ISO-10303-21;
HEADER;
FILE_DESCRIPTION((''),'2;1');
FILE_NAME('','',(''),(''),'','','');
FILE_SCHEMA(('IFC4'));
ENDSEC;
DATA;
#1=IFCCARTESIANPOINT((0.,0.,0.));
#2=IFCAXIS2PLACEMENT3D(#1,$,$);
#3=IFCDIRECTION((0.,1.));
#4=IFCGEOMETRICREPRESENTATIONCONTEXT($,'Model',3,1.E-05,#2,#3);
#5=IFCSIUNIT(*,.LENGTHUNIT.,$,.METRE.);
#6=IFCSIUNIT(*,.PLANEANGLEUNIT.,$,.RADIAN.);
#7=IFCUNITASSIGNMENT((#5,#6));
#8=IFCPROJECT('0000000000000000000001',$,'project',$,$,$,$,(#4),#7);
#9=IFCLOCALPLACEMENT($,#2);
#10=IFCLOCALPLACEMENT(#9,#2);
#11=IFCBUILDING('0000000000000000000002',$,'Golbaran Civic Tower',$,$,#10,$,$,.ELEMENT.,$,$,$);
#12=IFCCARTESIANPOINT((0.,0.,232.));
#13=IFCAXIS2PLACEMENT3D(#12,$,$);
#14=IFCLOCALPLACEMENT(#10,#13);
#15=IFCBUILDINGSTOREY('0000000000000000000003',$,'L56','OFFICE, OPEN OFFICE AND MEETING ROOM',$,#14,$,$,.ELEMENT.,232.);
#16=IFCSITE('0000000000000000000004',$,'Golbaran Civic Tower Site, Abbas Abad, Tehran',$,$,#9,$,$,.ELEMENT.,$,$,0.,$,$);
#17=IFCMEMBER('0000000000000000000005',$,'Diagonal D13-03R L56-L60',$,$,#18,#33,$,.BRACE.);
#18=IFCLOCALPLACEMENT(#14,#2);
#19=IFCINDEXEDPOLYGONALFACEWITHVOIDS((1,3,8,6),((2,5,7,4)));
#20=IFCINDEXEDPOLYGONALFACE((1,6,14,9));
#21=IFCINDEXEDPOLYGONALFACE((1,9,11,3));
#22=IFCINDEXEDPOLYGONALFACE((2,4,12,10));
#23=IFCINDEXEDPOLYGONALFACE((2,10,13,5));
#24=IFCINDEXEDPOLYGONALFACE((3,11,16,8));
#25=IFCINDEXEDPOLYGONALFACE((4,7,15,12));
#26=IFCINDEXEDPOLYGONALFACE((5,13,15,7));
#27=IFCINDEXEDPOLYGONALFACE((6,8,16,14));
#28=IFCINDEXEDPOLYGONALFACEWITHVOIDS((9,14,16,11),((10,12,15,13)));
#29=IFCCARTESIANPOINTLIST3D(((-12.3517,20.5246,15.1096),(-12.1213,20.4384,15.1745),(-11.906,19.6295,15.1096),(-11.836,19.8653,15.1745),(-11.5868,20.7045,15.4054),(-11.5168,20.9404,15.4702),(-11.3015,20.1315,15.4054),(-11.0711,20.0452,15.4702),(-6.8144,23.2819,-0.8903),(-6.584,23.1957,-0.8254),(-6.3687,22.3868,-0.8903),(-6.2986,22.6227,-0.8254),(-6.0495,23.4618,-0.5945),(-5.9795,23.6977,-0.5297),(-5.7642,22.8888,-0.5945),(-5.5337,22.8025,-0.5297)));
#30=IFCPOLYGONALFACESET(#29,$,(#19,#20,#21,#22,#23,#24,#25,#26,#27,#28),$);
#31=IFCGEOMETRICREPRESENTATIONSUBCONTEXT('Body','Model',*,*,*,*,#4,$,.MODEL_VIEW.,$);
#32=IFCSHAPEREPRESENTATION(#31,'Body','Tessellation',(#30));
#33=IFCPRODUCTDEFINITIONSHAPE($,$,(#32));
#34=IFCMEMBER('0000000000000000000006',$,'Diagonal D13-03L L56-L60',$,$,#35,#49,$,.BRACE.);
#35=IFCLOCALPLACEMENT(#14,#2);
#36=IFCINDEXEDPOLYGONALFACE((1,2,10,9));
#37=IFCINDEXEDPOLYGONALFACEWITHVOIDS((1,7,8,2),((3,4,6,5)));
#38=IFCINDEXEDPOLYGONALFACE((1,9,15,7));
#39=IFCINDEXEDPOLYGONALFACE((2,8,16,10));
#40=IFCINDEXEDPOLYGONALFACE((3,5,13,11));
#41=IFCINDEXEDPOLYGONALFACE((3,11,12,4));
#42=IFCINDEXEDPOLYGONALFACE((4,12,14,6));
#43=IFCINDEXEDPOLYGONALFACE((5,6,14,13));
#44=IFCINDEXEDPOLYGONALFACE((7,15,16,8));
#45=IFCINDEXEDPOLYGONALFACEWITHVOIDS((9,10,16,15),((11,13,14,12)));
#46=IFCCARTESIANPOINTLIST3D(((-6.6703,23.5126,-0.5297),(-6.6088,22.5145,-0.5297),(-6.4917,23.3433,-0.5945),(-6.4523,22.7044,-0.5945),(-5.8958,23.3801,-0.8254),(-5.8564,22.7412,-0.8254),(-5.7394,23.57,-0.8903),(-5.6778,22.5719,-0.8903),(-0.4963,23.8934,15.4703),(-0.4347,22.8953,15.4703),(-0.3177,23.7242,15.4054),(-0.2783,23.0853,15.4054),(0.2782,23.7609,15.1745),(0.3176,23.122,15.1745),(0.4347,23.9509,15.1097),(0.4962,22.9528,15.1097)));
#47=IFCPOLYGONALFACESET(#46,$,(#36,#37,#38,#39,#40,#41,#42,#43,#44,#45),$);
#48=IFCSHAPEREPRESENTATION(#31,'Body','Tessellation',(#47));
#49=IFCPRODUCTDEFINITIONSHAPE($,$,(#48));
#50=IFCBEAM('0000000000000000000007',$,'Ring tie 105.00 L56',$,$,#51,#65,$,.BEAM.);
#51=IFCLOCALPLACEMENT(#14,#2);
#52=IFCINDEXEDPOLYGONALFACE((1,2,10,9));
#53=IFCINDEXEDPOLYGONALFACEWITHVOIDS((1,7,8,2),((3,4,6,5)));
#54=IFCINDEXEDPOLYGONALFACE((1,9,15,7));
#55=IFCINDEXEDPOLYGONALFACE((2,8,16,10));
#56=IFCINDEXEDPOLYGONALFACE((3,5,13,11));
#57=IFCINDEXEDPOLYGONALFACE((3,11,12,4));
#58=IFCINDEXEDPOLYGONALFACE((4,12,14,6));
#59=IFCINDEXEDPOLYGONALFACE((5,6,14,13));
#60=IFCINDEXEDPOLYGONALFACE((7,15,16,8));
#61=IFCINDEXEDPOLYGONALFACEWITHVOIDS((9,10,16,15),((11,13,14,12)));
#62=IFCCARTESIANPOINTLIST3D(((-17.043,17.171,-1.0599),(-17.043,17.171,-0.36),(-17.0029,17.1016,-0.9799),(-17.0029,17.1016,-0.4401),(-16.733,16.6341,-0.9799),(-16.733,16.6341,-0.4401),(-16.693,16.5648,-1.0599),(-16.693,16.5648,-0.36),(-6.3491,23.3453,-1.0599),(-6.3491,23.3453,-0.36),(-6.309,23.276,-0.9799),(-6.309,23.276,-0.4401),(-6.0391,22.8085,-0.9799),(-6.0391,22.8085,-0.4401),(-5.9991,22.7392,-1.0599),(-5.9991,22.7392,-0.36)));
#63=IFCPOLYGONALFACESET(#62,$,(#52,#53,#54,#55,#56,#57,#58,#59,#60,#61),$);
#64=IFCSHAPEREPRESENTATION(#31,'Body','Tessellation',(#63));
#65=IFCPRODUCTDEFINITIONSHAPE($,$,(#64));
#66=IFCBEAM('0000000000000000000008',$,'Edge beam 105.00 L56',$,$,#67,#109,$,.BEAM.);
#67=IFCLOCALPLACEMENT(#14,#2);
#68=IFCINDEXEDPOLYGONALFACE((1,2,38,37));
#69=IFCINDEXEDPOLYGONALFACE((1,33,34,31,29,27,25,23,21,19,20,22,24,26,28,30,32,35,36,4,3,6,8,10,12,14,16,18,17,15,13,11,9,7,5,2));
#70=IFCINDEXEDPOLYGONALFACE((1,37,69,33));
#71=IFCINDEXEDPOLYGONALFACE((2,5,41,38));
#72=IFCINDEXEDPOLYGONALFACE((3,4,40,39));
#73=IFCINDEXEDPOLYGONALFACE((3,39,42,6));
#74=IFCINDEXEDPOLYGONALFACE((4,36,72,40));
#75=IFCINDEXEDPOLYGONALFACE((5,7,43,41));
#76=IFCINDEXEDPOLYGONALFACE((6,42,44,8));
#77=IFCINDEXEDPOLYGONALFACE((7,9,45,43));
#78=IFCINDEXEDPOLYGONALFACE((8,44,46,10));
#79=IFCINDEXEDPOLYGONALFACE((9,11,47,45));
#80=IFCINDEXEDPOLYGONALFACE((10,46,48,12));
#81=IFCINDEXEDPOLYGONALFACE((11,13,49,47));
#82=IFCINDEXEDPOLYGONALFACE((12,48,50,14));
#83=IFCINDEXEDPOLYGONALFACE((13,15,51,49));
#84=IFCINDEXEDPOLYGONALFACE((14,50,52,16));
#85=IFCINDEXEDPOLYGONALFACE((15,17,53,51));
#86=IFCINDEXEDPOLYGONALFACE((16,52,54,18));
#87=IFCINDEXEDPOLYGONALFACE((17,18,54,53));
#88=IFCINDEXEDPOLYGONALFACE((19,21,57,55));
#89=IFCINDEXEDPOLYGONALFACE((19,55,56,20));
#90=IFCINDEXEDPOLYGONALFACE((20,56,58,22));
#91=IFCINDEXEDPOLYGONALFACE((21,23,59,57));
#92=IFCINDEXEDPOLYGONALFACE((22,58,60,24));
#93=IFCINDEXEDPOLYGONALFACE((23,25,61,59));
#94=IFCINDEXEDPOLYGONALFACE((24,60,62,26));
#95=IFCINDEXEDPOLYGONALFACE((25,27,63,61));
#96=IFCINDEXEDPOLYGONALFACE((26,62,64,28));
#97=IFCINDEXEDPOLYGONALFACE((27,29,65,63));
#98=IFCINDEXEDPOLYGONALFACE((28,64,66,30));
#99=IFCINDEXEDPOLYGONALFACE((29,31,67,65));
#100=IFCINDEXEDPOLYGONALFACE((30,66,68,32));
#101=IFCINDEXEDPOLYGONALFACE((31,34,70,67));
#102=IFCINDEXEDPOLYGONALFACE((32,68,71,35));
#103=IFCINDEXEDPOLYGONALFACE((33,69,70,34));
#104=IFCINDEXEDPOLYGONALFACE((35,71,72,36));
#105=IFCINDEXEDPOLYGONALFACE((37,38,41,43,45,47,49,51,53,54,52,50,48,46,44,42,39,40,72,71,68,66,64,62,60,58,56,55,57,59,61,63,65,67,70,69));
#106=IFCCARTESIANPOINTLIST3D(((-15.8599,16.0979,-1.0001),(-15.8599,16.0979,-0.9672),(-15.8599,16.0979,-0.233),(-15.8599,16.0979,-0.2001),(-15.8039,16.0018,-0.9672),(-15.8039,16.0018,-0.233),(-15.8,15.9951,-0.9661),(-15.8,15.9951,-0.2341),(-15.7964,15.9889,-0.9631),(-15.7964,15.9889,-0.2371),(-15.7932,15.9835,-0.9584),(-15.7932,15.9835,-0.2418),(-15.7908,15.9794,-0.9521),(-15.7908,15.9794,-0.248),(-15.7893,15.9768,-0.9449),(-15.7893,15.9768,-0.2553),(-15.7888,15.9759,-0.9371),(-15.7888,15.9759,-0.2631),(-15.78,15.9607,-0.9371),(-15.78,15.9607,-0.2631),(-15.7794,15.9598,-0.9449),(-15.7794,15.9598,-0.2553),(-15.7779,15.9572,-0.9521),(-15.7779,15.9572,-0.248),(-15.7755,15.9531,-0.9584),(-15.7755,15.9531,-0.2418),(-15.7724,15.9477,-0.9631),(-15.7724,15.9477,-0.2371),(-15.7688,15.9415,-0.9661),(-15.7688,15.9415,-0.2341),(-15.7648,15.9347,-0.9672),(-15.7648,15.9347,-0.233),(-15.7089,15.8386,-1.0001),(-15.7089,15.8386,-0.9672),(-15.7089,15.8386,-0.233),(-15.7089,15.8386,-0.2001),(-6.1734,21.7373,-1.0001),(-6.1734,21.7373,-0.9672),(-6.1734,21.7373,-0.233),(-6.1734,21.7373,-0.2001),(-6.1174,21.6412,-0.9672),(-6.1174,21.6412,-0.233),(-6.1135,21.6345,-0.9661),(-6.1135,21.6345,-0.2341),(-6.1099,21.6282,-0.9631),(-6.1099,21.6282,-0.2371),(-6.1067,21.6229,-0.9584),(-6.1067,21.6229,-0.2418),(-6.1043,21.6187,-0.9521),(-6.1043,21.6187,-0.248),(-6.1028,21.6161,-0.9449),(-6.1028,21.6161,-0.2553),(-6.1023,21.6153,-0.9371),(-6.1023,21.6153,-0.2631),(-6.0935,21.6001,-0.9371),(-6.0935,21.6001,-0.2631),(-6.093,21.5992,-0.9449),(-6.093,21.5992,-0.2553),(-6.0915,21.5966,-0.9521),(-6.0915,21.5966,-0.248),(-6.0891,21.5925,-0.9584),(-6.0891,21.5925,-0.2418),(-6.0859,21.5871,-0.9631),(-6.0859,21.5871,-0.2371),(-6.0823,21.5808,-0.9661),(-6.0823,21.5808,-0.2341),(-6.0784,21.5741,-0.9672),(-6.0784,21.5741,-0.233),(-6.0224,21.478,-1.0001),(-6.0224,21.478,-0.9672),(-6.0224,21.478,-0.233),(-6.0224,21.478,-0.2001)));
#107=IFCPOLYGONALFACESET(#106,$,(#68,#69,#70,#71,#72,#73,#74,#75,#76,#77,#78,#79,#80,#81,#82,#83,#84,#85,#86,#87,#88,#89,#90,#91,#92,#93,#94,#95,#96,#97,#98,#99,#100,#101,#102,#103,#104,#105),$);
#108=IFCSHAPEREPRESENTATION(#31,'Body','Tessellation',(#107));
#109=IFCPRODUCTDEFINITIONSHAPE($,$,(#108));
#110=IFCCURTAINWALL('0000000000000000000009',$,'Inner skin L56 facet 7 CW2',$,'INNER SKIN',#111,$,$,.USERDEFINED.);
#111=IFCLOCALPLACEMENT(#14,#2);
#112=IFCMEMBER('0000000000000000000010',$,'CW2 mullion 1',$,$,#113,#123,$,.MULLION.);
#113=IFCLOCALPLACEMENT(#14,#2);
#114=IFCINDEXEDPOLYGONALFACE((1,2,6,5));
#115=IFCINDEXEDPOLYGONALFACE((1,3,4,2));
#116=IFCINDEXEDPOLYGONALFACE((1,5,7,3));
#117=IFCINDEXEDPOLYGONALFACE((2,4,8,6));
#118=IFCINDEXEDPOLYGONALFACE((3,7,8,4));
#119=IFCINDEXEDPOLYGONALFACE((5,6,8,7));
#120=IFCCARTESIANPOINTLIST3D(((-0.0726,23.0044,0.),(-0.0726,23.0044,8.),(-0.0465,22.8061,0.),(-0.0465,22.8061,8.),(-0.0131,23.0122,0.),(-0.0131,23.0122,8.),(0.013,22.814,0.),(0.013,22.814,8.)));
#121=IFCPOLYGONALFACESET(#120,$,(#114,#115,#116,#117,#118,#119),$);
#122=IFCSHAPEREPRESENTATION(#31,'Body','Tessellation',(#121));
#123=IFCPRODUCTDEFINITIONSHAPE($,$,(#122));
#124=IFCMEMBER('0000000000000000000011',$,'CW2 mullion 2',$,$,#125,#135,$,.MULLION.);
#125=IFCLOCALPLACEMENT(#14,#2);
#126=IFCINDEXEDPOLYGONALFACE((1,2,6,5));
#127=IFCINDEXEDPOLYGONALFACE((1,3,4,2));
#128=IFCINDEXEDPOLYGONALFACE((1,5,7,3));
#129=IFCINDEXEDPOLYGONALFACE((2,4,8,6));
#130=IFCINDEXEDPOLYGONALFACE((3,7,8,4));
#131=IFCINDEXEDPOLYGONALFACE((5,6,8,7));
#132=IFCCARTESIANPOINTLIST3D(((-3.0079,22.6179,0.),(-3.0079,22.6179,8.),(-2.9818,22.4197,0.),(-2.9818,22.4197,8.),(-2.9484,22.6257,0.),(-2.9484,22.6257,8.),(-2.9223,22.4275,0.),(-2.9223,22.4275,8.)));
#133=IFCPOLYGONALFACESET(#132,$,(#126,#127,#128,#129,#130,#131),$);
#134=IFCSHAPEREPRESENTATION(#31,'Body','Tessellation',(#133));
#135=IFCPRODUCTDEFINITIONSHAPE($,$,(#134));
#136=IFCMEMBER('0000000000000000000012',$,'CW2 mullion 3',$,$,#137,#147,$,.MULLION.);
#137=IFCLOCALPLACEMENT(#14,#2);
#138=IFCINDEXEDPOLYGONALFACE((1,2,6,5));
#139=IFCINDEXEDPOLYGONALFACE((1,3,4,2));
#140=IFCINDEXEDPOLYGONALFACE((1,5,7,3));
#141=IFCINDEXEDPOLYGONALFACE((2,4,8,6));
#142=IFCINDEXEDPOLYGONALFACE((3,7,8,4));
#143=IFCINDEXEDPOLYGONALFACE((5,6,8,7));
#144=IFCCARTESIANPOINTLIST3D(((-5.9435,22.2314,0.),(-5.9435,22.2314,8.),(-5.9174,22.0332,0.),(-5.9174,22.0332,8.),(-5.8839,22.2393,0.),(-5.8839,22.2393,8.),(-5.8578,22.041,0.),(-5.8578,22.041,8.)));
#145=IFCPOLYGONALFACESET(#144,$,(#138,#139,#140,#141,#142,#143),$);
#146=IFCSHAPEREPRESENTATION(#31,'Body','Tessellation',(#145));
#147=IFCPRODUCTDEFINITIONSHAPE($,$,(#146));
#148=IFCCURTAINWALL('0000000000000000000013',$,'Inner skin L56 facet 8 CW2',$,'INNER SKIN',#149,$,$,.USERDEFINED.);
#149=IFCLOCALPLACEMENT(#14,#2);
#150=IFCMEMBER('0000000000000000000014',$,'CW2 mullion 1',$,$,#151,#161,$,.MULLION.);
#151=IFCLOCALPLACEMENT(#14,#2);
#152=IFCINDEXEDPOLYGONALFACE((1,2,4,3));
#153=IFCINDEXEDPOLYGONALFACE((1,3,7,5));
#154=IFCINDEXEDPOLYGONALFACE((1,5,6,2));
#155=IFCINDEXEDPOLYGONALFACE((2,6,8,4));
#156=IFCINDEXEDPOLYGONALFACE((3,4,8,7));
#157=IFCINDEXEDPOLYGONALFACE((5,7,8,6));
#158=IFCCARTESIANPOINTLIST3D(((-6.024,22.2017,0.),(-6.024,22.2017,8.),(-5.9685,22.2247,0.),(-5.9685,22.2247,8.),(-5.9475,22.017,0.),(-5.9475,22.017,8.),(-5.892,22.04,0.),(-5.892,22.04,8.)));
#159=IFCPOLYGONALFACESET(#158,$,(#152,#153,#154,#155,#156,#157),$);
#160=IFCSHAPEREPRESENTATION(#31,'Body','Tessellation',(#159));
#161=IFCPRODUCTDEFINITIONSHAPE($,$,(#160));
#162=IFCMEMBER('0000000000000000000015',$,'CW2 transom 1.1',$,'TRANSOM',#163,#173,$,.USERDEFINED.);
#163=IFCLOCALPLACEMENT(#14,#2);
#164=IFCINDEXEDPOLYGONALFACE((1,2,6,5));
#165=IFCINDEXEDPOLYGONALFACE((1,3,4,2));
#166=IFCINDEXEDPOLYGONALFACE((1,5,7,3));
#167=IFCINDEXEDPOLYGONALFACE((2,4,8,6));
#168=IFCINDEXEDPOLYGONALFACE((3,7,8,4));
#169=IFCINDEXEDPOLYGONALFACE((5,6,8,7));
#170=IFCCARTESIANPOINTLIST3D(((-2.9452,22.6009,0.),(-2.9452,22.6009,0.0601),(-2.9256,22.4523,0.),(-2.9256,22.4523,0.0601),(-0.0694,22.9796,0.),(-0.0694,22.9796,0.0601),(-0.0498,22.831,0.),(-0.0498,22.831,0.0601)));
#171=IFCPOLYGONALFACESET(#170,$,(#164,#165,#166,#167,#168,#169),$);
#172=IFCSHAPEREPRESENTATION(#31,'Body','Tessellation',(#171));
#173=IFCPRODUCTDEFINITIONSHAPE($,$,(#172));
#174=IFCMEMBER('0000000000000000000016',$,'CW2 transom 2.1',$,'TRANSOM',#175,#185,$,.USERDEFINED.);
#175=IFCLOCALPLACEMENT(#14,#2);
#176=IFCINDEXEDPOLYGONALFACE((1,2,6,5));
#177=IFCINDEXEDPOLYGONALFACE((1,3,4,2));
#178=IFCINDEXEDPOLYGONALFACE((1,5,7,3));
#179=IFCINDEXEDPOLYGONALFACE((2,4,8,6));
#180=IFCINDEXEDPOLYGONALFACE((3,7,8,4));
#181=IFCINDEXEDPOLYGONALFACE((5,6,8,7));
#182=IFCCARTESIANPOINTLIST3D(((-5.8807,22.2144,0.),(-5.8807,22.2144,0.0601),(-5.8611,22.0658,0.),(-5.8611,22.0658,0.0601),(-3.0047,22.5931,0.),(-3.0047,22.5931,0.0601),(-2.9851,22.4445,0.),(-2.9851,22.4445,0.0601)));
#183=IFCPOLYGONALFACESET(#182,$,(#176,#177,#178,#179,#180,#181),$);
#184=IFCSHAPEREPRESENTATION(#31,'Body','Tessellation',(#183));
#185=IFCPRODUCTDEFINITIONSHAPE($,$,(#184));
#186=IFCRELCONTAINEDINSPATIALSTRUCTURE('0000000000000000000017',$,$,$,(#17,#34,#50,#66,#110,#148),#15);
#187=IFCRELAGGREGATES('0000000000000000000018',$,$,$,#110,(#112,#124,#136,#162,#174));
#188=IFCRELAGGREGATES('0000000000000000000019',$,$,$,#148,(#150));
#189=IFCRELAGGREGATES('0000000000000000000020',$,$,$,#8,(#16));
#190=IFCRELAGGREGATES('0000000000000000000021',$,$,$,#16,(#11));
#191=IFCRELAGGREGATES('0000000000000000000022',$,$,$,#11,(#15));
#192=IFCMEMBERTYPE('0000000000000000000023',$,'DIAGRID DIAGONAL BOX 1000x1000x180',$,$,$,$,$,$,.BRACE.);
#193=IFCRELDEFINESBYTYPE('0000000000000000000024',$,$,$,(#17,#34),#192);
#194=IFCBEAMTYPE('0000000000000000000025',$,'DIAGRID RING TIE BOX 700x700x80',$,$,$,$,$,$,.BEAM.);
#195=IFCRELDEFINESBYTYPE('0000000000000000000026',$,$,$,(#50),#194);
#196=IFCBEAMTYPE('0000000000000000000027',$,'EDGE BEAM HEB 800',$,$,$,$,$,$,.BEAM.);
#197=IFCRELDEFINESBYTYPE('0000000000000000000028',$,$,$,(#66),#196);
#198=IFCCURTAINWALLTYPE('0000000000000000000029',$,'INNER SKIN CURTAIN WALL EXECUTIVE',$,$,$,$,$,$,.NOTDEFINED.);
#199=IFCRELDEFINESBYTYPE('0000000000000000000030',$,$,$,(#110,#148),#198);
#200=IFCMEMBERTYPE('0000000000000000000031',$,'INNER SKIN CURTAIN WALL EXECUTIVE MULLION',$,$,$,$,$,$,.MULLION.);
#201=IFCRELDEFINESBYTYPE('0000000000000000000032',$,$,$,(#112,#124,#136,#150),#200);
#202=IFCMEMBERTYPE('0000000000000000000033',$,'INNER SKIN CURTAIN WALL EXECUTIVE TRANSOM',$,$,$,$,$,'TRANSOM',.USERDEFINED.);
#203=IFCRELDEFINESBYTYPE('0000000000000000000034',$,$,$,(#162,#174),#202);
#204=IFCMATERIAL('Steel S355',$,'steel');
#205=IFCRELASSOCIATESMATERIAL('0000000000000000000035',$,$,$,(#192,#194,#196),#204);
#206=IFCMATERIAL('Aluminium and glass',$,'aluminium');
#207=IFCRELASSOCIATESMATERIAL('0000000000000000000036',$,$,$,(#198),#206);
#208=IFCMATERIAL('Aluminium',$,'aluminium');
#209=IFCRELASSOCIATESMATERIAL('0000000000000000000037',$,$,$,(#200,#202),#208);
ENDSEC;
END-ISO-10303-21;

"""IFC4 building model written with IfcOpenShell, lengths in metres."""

from ifc_helpers import new_model, si_unit, direction, frame, origin, origin_2d, place, context, subcontext, project, spatial, rectangle, hollow_rectangle, i_section, extrude, material, material_profile, profile_set, type_object, element, aggregate, save


model = new_model("IFC4")

# Units and contexts
model_context = context("Model", 3, precision=1e-05, world=origin(), true_north=direction((0.0, 1.0)))
body_context = subcontext(model_context, "Body", "Model", "MODEL_VIEW")
ifc_project = project(units=[si_unit("LENGTHUNIT", "METRE"), si_unit("PLANEANGLEUNIT", "RADIAN")], contexts=[model_context])

# Site, building, storey
site_placement = place(None, origin())
site = spatial("IfcSite", under=ifc_project, at=site_placement, Name="Golbaran Civic Tower Site, Abbas Abad, Tehran", CompositionType="ELEMENT", RefElevation=0.0)
building_placement = place(site_placement, origin())
building = spatial("IfcBuilding", under=site, at=building_placement, Name="Golbaran Civic Tower", CompositionType="ELEMENT")
storey_placement = place(building_placement, frame((0.0, 0.0, 232.0)))
storey = spatial("IfcBuildingStorey", under=building, at=storey_placement, Name="L56", Description="OFFICE, OPEN OFFICE AND MEETING ROOM", CompositionType="ELEMENT", Elevation=232.0)

# Members
ifc_material_1 = material(Name="Steel S355", Category="steel")
ifc_material_profile_1 = material_profile(ifc_material_1, hollow_rectangle(XDim=1.0, YDim=1.0, WallThickness=0.1799, at=origin_2d()), Name="BOX 1000x1000x180")
ifc_profile_set_1 = profile_set([ifc_material_profile_1], Name="Steel S355")
member_type_1 = type_object("IfcMemberType", Name="DIAGRID DIAGONAL BOX 1000x1000x180", PredefinedType="BRACE", material=ifc_profile_set_1)
for number, where, z_axis, x_axis, name in (
    (1, (-6.1741, 23.0422, -0.71), (-0.3228, -0.160738, 0.932718), (0.445745, -0.89516, 0.0), "Diagonal D13-03R L56-L60"),
    (2, (-6.1741, 23.0422, -0.71), (0.359918, 0.022202, 0.93272), (-0.06157, 0.998103, 0.0), "Diagonal D13-03L L56-L60"),
):
    element("IfcMember", number, at=place(storey_placement, frame(where, z_axis=z_axis, x_axis=x_axis)), inside=storey, type_object=member_type_1, Name=name, PredefinedType="BRACE", context=body_context, shape_type="SweptSolid", body=[
        extrude(hollow_rectangle(XDim=1.0, YDim=1.0, WallThickness=0.1799, at=origin_2d()), origin(), (0.0, 0.0, 1.0), 17.1541),
    ])

# Beams
ifc_material_profile_2 = material_profile(ifc_material_1, hollow_rectangle(XDim=0.7, YDim=0.7, WallThickness=0.0801, at=origin_2d()), Name="BOX 700x700x80")
ifc_profile_set_2 = profile_set([ifc_material_profile_2], Name="Steel S355")
beam_type_1 = type_object("IfcBeamType", Name="DIAGRID RING TIE BOX 700x700x80", PredefinedType="BEAM", material=ifc_profile_set_2)
beam_1_placement = place(storey_placement, frame((-6.1741, 23.0422, -0.71), z_axis=(-0.866018, -0.500013, 0.0), x_axis=(0.500013, -0.866018, 0.0)))
element("IfcBeam", 3, at=beam_1_placement, inside=storey, type_object=beam_type_1, Name="Ring tie 105.00 L56", PredefinedType="BEAM", context=body_context, shape_type="SweptSolid", body=[
    extrude(hollow_rectangle(XDim=0.7, YDim=0.7, WallThickness=0.0801, at=origin_2d()), origin(), (0.0, 0.0, 1.0), 12.3484),
])
ifc_material_profile_3 = material_profile(ifc_material_1, i_section(OverallWidth=0.3, OverallDepth=0.8, WebThickness=0.0176, FlangeThickness=0.033, FilletRadius=0.03, at=origin_2d()), Name="HEB 800")
ifc_profile_set_3 = profile_set([ifc_material_profile_3], Name="Steel S355")
beam_type_2 = type_object("IfcBeamType", Name="EDGE BEAM HEB 800", PredefinedType="BEAM", material=ifc_profile_set_3)
beam_2_placement = place(storey_placement, frame((-6.0979, 21.6077, -0.6001), z_axis=(-0.864208, -0.503134, 0.0), x_axis=(0.503134, -0.864208, 0.0)))
element("IfcBeam", 4, at=beam_2_placement, inside=storey, type_object=beam_type_2, Name="Edge beam 105.00 L56", PredefinedType="BEAM", context=body_context, shape_type="SweptSolid", body=[
    extrude(i_section(OverallWidth=0.3, OverallDepth=0.8, WebThickness=0.0176, FlangeThickness=0.033, FilletRadius=0.03, at=origin_2d()), origin(), (0.0, 0.0, 1.0), 11.2085),
])

# Curtain wall, members
ifc_material_2 = material(Name="Aluminium and glass", Category="aluminium")
curtain_wall_type_1 = type_object("IfcCurtainWallType", Name="INNER SKIN CURTAIN WALL EXECUTIVE", PredefinedType="NOTDEFINED", material=ifc_material_2)
curtain_wall_1_placement = place(storey_placement, origin())
curtain_wall_1 = element("IfcCurtainWall", 5, at=curtain_wall_1_placement, inside=storey, type_object=curtain_wall_type_1, Name="Inner skin L56 facet 7 CW2", ObjectType="INNER SKIN", PredefinedType="USERDEFINED")
ifc_material_3 = material(Name="Aluminium", Category="aluminium")
ifc_material_profile_4 = material_profile(ifc_material_3, rectangle(XDim=0.2, YDim=0.0601, at=origin_2d()), Name="INNER SKIN CURTAIN WALL EXECUTIVE MULLION")
ifc_profile_set_4 = profile_set([ifc_material_profile_4], Name="Aluminium")
member_type_2 = type_object("IfcMemberType", Name="INNER SKIN CURTAIN WALL EXECUTIVE MULLION", PredefinedType="MULLION", material=ifc_profile_set_4)
member_1_placement = place(storey_placement, frame((-0.0298, 22.9092, 0.0), z_axis=(0.0, 0.0, 1.0), x_axis=(0.130526, -0.991445, 0.0)))
member_1 = element("IfcMember", 6, at=member_1_placement, type_object=member_type_2, Name="CW2 mullion 1", PredefinedType="MULLION", context=body_context, shape_type="SweptSolid", body=[
    extrude(rectangle(XDim=0.2, YDim=0.0601, at=origin_2d()), origin(), (0.0, 0.0, 1.0), 8.0),
])
member_2_placement = place(storey_placement, frame((-2.9651, 22.5227, 0.0), z_axis=(0.0, 0.0, 1.0), x_axis=(0.130526, -0.991445, 0.0)))
member_2 = element("IfcMember", 7, at=member_2_placement, type_object=member_type_2, Name="CW2 mullion 2", PredefinedType="MULLION", context=body_context, shape_type="SweptSolid", body=[
    extrude(rectangle(XDim=0.2, YDim=0.0601, at=origin_2d()), origin(), (0.0, 0.0, 1.0), 8.0),
])
member_3_placement = place(storey_placement, frame((-5.9006, 22.1362, 0.0), z_axis=(0.0, 0.0, 1.0), x_axis=(0.130526, -0.991445, 0.0)))
member_3 = element("IfcMember", 8, at=member_3_placement, type_object=member_type_2, Name="CW2 mullion 3", PredefinedType="MULLION", context=body_context, shape_type="SweptSolid", body=[
    extrude(rectangle(XDim=0.2, YDim=0.0601, at=origin_2d()), origin(), (0.0, 0.0, 1.0), 8.0),
])

# Curtain wall, member
curtain_wall_2_placement = place(storey_placement, origin())
curtain_wall_2 = element("IfcCurtainWall", 9, at=curtain_wall_2_placement, inside=storey, type_object=curtain_wall_type_1, Name="Inner skin L56 facet 8 CW2", ObjectType="INNER SKIN", PredefinedType="USERDEFINED")
member_4_placement = place(storey_placement, frame((-5.958, 22.1208, 0.0), z_axis=(0.0, 0.0, 1.0), x_axis=(0.382683, -0.92388, 0.0)))
member_4 = element("IfcMember", 10, at=member_4_placement, type_object=member_type_2, Name="CW2 mullion 1", PredefinedType="MULLION", context=body_context, shape_type="SweptSolid", body=[
    extrude(rectangle(XDim=0.2, YDim=0.0601, at=origin_2d()), origin(), (0.0, 0.0, 1.0), 8.0),
])

# Members
ifc_material_profile_5 = material_profile(ifc_material_3, rectangle(XDim=0.1499, YDim=0.0601, at=origin_2d()), Name="INNER SKIN CURTAIN WALL EXECUTIVE TRANSOM")
ifc_profile_set_5 = profile_set([ifc_material_profile_5], Name="Aluminium")
member_type_3 = type_object("IfcMemberType", Name="INNER SKIN CURTAIN WALL EXECUTIVE TRANSOM", ElementType="TRANSOM", PredefinedType="USERDEFINED", material=ifc_profile_set_5)
member_5_placement = place(storey_placement, frame((-0.0596, 22.9053, 0.03), z_axis=(-0.991442, -0.130548, 0.0), x_axis=(0.130548, -0.991442, 0.0)))
member_5 = element("IfcMember", 11, at=member_5_placement, type_object=member_type_3, Name="CW2 transom 1.1", ObjectType="TRANSOM", PredefinedType="USERDEFINED", context=body_context, shape_type="SweptSolid", body=[
    extrude(rectangle(XDim=0.1499, YDim=0.0601, at=origin_2d()), origin(), (0.0, 0.0, 1.0), 2.9006),
])
member_6_placement = place(storey_placement, frame((-2.9949, 22.5188, 0.03), z_axis=(-0.991443, -0.130537, 0.0), x_axis=(0.130537, -0.991443, 0.0)))
member_6 = element("IfcMember", 12, at=member_6_placement, type_object=member_type_3, Name="CW2 transom 2.1", ObjectType="TRANSOM", PredefinedType="USERDEFINED", context=body_context, shape_type="SweptSolid", body=[
    extrude(rectangle(XDim=0.1499, YDim=0.0601, at=origin_2d()), origin(), (0.0, 0.0, 1.0), 2.9009),
])

aggregate(curtain_wall_1, [member_1, member_2, member_3, member_5, member_6])
aggregate(curtain_wall_2, [member_4])

save(model, "model.ifc")
